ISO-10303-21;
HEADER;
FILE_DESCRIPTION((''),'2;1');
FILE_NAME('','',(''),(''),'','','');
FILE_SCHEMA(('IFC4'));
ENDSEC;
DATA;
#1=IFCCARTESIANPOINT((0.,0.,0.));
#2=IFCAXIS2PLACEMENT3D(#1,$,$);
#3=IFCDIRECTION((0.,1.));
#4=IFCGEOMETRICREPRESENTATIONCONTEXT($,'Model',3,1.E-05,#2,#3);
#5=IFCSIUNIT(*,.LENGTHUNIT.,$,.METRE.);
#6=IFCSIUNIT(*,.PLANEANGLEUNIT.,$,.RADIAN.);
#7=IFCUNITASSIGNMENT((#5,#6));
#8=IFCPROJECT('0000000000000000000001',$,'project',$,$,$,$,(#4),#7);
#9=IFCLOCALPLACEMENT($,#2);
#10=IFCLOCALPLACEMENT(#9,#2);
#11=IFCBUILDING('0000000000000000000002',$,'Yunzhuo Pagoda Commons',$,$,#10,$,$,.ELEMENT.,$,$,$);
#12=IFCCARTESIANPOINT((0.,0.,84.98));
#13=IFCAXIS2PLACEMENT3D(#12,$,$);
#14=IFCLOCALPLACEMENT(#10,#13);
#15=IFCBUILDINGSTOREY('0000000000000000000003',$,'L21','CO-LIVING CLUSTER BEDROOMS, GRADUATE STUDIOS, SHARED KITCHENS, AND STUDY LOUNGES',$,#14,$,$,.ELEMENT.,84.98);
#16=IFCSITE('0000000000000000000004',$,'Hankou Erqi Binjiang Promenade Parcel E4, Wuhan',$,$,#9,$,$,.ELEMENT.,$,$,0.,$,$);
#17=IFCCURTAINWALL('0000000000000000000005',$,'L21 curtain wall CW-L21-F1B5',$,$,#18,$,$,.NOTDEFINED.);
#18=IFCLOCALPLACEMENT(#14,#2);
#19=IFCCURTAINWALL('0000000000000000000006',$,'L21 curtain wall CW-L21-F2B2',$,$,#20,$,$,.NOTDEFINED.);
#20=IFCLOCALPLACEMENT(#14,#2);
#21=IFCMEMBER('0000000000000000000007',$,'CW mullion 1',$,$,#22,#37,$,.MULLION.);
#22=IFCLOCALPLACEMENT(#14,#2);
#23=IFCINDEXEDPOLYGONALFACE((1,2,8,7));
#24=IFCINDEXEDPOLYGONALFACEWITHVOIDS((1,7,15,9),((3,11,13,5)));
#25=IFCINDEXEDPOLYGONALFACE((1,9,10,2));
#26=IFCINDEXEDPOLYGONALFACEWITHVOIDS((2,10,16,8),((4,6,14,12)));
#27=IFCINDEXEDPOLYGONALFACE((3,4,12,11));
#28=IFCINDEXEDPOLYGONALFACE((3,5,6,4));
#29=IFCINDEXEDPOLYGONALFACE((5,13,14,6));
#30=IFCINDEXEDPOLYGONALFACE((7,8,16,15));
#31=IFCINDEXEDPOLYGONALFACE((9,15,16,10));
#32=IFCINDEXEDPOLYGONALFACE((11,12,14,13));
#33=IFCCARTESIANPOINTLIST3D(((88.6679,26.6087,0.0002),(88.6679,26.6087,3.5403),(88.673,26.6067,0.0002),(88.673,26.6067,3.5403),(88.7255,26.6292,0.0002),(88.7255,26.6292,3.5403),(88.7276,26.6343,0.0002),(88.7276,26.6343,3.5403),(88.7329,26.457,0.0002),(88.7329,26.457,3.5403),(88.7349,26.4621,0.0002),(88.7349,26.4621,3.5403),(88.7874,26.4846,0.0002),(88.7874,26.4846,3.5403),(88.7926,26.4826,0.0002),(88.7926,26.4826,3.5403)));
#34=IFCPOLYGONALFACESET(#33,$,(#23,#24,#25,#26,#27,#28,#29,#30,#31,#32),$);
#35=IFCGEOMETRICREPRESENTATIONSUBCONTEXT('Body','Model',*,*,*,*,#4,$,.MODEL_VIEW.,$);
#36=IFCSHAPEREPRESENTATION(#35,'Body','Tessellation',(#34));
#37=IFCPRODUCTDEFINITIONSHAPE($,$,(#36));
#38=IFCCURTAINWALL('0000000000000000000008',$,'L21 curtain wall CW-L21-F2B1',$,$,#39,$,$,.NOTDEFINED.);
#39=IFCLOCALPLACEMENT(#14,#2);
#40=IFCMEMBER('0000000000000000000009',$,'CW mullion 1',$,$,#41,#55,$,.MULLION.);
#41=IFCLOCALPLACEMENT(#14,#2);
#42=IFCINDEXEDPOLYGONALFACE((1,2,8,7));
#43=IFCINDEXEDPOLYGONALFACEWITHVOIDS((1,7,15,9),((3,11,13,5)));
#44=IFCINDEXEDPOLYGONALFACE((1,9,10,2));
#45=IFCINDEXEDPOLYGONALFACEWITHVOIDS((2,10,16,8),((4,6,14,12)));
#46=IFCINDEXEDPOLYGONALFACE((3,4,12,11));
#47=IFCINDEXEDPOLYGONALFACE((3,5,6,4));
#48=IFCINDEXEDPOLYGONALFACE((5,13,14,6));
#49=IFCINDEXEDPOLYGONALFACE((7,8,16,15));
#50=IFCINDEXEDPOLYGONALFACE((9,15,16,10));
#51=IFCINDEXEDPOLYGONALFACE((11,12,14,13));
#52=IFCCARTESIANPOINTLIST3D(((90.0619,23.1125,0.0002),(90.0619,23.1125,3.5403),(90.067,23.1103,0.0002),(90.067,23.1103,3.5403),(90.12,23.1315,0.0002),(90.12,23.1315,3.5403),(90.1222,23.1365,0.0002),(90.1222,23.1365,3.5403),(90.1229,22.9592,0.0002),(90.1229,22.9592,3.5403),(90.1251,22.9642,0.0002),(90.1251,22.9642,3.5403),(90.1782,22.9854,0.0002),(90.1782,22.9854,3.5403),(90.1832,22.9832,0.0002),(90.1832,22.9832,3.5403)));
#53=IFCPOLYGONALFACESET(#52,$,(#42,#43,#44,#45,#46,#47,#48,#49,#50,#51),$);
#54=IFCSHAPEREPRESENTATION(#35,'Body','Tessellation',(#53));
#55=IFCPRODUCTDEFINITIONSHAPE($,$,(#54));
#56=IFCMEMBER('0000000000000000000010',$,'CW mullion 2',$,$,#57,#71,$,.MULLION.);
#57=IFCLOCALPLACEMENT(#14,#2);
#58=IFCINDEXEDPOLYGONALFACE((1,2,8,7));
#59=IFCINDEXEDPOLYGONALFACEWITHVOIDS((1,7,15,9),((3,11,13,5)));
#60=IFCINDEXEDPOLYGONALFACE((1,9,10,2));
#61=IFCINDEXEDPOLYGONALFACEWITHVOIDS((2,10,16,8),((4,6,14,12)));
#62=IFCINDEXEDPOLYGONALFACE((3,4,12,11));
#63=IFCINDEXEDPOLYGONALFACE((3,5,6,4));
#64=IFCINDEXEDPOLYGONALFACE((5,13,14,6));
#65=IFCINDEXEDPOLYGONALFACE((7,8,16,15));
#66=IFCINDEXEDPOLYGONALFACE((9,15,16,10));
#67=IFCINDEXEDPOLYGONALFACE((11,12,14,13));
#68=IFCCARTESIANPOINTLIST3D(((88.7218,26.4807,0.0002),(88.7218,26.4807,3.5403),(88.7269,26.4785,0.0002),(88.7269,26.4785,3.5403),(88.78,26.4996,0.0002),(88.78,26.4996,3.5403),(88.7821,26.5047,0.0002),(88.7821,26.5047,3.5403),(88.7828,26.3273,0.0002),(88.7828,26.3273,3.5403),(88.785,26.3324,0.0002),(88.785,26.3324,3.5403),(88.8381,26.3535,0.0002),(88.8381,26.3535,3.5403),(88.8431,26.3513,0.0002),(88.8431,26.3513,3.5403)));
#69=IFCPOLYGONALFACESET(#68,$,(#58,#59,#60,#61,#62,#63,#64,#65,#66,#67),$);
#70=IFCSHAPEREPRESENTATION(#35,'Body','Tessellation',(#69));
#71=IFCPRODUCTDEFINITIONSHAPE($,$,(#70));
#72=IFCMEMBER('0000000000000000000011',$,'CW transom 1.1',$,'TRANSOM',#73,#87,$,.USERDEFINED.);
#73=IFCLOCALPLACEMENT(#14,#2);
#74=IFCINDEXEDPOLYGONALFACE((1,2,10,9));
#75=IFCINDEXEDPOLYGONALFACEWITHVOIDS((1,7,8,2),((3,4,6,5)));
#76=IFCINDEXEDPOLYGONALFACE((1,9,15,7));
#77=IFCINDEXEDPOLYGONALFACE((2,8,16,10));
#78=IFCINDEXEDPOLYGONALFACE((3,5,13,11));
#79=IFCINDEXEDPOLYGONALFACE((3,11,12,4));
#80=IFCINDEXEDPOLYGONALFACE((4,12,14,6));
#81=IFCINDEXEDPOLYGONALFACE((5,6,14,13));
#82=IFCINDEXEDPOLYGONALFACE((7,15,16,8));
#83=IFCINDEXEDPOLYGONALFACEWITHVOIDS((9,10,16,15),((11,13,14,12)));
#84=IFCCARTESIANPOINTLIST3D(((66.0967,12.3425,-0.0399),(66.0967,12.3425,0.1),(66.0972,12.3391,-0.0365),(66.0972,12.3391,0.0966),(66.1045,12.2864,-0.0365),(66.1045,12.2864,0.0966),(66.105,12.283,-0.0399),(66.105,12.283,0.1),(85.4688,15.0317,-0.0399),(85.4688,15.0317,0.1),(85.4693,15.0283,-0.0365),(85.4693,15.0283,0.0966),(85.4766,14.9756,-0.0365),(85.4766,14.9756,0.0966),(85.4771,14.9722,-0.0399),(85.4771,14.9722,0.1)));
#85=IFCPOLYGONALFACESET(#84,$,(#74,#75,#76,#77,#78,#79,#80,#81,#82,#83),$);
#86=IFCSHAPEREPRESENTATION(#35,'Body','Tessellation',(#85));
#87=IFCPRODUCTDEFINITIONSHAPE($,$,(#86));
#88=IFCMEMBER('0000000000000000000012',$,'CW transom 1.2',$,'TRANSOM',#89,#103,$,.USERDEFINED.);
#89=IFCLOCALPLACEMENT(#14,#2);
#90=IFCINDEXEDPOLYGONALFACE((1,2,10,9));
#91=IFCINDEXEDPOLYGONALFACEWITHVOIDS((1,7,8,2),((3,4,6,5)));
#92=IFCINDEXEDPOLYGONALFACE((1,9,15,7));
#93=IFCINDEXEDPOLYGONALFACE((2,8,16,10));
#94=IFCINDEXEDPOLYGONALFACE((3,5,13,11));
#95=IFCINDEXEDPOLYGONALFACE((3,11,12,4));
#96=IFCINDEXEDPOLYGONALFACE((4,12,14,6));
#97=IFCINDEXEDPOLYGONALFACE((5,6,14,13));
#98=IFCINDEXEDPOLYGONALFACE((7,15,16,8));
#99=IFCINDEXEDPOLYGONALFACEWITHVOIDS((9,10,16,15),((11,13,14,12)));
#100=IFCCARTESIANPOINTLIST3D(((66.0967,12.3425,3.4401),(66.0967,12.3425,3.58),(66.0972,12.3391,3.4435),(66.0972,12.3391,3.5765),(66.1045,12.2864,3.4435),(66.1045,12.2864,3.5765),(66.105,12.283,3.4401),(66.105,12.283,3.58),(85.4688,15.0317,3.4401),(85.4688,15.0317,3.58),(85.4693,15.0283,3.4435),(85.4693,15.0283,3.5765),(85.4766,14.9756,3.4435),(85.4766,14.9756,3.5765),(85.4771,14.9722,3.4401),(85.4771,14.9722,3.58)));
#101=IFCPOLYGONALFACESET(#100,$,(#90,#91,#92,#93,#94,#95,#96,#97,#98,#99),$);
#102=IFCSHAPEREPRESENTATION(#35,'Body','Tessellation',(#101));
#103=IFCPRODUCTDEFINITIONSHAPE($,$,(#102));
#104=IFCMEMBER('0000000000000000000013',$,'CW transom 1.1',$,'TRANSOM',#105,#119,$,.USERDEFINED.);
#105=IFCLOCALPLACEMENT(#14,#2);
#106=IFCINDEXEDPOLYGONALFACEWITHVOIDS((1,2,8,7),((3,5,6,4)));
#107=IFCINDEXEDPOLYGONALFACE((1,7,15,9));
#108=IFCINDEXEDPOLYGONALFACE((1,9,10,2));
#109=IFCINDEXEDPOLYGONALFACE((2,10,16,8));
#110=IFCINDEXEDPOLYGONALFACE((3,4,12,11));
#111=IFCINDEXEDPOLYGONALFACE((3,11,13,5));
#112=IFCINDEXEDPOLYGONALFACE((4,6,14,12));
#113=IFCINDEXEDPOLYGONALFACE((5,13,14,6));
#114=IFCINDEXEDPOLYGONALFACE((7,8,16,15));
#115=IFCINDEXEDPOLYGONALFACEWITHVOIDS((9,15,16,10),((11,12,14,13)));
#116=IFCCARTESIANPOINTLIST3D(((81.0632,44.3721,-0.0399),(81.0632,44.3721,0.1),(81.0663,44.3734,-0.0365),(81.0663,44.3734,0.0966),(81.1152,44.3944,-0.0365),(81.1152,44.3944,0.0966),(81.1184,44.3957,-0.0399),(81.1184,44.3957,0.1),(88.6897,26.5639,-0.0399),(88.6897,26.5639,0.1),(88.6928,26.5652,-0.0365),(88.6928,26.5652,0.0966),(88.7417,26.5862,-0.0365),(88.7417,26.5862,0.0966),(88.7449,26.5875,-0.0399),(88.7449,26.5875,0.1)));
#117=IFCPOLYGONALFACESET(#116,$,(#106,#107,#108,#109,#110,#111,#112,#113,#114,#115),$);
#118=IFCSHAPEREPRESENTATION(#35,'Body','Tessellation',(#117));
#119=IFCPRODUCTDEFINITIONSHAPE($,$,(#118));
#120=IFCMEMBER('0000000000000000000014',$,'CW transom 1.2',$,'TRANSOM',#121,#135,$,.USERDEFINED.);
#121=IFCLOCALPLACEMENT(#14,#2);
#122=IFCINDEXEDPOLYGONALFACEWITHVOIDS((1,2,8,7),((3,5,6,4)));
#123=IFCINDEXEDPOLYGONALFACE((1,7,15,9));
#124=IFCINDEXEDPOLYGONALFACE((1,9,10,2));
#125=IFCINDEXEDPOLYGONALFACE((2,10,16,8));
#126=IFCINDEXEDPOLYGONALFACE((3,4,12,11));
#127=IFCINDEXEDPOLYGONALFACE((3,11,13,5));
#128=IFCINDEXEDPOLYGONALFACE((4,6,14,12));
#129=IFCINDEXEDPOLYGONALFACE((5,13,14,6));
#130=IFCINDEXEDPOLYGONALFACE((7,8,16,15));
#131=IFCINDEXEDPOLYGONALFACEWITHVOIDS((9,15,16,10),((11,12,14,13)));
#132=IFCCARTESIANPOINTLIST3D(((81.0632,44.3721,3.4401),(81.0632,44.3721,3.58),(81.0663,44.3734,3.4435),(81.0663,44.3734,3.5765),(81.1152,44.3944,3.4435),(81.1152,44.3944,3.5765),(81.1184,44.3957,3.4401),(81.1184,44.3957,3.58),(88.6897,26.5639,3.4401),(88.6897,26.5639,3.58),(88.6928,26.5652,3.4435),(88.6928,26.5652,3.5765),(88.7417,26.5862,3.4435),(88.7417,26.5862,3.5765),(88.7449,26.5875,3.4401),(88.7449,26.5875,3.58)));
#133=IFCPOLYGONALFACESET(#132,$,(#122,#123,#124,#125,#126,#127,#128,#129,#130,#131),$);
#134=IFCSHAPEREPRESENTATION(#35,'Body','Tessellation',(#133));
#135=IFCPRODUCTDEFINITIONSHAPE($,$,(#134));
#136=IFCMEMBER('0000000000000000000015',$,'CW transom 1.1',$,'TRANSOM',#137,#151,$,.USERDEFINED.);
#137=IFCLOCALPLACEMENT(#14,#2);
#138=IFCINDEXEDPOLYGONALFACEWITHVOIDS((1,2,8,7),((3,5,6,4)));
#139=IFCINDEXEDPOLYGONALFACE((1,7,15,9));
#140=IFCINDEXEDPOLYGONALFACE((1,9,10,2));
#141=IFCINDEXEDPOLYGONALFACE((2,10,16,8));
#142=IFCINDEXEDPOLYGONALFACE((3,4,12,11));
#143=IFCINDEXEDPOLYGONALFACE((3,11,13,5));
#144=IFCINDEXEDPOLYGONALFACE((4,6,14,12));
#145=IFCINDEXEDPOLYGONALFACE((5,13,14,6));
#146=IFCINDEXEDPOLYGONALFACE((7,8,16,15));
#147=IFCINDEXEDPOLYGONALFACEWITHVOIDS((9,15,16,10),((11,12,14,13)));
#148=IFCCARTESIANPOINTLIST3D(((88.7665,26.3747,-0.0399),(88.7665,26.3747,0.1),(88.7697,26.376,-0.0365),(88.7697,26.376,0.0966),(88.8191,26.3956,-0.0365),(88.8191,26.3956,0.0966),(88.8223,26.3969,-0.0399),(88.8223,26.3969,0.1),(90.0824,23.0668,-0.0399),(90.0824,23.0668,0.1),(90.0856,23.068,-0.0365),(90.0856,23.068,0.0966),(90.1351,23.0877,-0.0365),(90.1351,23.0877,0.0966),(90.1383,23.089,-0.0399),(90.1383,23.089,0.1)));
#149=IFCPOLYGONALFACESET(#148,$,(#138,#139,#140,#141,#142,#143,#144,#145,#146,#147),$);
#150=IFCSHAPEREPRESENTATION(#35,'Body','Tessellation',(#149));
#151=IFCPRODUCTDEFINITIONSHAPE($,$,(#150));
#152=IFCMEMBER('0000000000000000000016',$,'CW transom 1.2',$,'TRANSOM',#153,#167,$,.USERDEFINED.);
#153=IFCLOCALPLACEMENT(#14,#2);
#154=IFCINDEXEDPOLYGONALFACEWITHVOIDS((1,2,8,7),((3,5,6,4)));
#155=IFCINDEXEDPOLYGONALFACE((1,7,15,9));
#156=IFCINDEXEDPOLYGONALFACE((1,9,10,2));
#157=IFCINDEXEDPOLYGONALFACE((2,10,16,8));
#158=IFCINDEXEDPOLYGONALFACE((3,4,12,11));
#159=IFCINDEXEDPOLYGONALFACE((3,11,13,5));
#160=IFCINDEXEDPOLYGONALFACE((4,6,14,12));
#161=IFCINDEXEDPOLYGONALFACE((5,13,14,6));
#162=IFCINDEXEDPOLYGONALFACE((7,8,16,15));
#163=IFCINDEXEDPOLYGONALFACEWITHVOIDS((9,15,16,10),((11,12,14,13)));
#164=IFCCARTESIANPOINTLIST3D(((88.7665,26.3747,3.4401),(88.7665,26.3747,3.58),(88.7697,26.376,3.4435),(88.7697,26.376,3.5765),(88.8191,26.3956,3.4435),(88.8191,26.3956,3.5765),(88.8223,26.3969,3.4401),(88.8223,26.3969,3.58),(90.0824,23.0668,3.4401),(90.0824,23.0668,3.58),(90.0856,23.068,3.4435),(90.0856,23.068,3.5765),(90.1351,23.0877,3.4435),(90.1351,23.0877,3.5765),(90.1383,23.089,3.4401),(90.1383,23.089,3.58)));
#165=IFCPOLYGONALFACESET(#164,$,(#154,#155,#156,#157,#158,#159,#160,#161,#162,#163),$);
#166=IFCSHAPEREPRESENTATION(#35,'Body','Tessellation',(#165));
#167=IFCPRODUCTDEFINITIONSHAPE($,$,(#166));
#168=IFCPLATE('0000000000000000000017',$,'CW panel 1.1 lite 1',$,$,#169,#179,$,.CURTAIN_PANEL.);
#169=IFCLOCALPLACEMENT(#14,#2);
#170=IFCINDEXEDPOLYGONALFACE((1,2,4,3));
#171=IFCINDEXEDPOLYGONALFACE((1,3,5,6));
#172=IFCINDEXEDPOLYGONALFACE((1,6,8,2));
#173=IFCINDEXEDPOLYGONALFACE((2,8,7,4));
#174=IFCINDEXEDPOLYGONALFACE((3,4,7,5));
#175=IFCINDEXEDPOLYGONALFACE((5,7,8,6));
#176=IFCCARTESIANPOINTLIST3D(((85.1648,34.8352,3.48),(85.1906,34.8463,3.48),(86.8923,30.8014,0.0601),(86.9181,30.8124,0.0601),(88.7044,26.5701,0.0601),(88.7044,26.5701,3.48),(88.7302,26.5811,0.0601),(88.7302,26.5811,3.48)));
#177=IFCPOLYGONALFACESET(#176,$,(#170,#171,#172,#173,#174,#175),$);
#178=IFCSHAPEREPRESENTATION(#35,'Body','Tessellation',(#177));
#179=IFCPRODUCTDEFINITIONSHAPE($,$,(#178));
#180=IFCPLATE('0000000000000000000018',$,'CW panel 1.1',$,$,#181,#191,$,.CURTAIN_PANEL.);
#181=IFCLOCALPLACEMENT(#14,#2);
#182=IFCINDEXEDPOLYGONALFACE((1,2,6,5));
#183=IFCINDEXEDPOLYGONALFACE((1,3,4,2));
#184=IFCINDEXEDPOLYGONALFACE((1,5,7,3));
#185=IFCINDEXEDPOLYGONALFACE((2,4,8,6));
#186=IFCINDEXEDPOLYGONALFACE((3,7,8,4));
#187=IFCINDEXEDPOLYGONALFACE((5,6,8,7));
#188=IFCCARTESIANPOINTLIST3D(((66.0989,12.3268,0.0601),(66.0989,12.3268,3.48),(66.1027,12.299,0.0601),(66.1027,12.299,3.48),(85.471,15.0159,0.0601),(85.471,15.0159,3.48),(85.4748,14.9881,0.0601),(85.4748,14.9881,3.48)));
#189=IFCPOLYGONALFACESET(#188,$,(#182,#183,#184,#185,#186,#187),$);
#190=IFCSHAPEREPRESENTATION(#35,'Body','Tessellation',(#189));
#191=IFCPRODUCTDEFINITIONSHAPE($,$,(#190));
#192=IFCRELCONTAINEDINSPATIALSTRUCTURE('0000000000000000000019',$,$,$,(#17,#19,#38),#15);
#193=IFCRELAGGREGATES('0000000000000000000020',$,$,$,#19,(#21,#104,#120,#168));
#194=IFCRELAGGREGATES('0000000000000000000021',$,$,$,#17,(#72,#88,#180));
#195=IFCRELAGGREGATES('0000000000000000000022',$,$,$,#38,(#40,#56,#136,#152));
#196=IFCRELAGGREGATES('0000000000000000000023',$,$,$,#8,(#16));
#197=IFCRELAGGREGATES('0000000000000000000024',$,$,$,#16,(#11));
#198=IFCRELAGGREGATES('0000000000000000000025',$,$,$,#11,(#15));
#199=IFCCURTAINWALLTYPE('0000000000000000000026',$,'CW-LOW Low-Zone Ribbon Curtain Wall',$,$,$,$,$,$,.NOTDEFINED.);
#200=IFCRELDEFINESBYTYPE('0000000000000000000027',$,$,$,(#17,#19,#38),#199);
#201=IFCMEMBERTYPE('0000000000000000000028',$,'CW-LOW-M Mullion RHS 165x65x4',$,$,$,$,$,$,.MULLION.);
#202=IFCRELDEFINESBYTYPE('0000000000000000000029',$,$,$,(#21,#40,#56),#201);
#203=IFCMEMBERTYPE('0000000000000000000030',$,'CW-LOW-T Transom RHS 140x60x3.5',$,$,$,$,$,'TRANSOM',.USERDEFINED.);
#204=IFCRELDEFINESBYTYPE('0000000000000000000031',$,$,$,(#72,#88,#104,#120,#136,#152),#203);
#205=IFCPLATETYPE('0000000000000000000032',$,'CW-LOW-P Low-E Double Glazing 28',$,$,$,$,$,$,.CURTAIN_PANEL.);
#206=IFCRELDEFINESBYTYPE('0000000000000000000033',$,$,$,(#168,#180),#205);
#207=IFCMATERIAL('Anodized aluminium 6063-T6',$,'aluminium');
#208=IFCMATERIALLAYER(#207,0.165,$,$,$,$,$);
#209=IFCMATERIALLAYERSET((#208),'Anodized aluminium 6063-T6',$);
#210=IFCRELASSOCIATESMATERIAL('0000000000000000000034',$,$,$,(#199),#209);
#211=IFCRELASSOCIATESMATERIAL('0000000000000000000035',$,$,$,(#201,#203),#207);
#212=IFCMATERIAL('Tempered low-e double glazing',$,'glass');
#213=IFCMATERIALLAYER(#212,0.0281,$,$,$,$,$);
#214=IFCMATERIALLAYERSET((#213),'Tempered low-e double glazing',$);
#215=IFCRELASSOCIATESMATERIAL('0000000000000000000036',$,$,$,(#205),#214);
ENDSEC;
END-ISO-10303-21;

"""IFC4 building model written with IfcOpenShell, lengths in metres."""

from ifc_helpers import new_model, si_unit, direction, frame, origin, origin_2d, place, context, subcontext, project, spatial, polyline, rectangle, hollow_rectangle, outline, extrude, source, transform, mapped, material, layer, layer_set, material_profile, profile_set, type_object, element, aggregate, save


model = new_model("IFC4")

# Units and contexts
model_context = context("Model", 3, precision=1e-05, world=origin(), true_north=direction((0.0, 1.0)))
body_context = subcontext(model_context, "Body", "Model", "MODEL_VIEW")
ifc_project = project(units=[si_unit("LENGTHUNIT", "METRE"), si_unit("PLANEANGLEUNIT", "RADIAN")], contexts=[model_context])

# Site, building, storey
site_placement = place(None, origin())
site = spatial("IfcSite", under=ifc_project, at=site_placement, Name="Hankou Erqi Binjiang Promenade Parcel E4, Wuhan", CompositionType="ELEMENT", RefElevation=0.0)
building_placement = place(site_placement, origin())
building = spatial("IfcBuilding", under=site, at=building_placement, Name="Yunzhuo Pagoda Commons", CompositionType="ELEMENT")
storey_placement = place(building_placement, frame((0.0, 0.0, 84.98)))
storey = spatial("IfcBuildingStorey", under=building, at=storey_placement, Name="L21", Description="CO-LIVING CLUSTER BEDROOMS, GRADUATE STUDIOS, SHARED KITCHENS, AND STUDY LOUNGES", CompositionType="ELEMENT", Elevation=84.98)

# Curtain walls, member
ifc_material_1 = material(Name="Anodized aluminium 6063-T6", Category="aluminium")
ifc_layer_1 = layer(ifc_material_1, 0.165)
ifc_layer_set_1 = layer_set([ifc_layer_1], Name="Anodized aluminium 6063-T6")
curtain_wall_type = type_object("IfcCurtainWallType", Name="CW-LOW Low-Zone Ribbon Curtain Wall", PredefinedType="NOTDEFINED", material=ifc_layer_set_1)
curtain_wall_1_placement = place(storey_placement, origin())
curtain_wall_1 = element("IfcCurtainWall", 1, at=curtain_wall_1_placement, inside=storey, type_object=curtain_wall_type, Name="L21 curtain wall CW-L21-F1B5", PredefinedType="NOTDEFINED")
ifc_material_profile_1 = material_profile(ifc_material_1, hollow_rectangle(XDim=0.0649, YDim=0.165, WallThickness=0.0039, at=origin_2d()), Name="Anodized aluminium 6063-T6")
ifc_profile_set_1 = profile_set([ifc_material_profile_1], Name="Anodized aluminium 6063-T6")
member_type_1 = type_object("IfcMemberType", Name="CW-LOW-M Mullion RHS 165x65x4", PredefinedType="MULLION", material=ifc_profile_set_1)
shared_shape_1 = source(origin(), body_context, "Body", "SweptSolid", [
    extrude(hollow_rectangle(XDim=0.0649, YDim=0.165, WallThickness=0.0039, at=origin_2d()), origin(), (0.0, 0.0, 1.0), 3.54),
])
curtain_wall_2_placement = place(storey_placement, origin())
curtain_wall_2 = element("IfcCurtainWall", 2, at=curtain_wall_2_placement, inside=storey, type_object=curtain_wall_type, Name="L21 curtain wall CW-L21-F2B2", PredefinedType="NOTDEFINED")
member_1_placement = place(storey_placement, frame((88.7302, 26.5457, 0.0002), z_axis=(0.0, 0.0, 1.0), x_axis=(-0.91925, -0.393674, 0.0)))
member_1 = element("IfcMember", 3, at=member_1_placement, type_object=member_type_1, Name="CW mullion 1", PredefinedType="MULLION", context=body_context, shape_type="MappedRepresentation", body=[
    mapped(shared_shape_1, transform((0.0, 0.0, 0.0), scale=1.0)),
])

# Curtain wall, members
curtain_wall_3_placement = place(storey_placement, origin())
curtain_wall_3 = element("IfcCurtainWall", 4, at=curtain_wall_3_placement, inside=storey, type_object=curtain_wall_type, Name="L21 curtain wall CW-L21-F2B1", PredefinedType="NOTDEFINED")
member_2_placement = place(storey_placement, frame((90.1226, 23.0479, 0.0002), z_axis=(0.0, 0.0, 1.0), x_axis=(-0.92917, -0.369652, 0.0)))
member_2 = element("IfcMember", 5, at=member_2_placement, type_object=member_type_1, Name="CW mullion 1", PredefinedType="MULLION", context=body_context, shape_type="MappedRepresentation", body=[
    mapped(shared_shape_1, transform((0.0, 0.0, 0.0), scale=1.0)),
])
member_3_placement = place(storey_placement, frame((88.7825, 26.416, 0.0002), z_axis=(0.0, 0.0, 1.0), x_axis=(-0.92917, -0.369652, 0.0)))
member_3 = element("IfcMember", 6, at=member_3_placement, type_object=member_type_1, Name="CW mullion 2", PredefinedType="MULLION", context=body_context, shape_type="MappedRepresentation", body=[
    mapped(shared_shape_1, transform((0.0, 0.0, 0.0), scale=1.0)),
])

# Members
ifc_material_profile_2 = material_profile(ifc_material_1, hollow_rectangle(XDim=0.0601, YDim=0.1399, WallThickness=0.0034, at=origin_2d()), Name="Anodized aluminium 6063-T6")
ifc_profile_set_2 = profile_set([ifc_material_profile_2], Name="Anodized aluminium 6063-T6")
member_type_2 = type_object("IfcMemberType", Name="CW-LOW-T Transom RHS 140x60x3.5", ElementType="TRANSOM", PredefinedType="USERDEFINED", material=ifc_profile_set_2)
shared_shape_2 = source(origin(), body_context, "Body", "SweptSolid", [
    extrude(hollow_rectangle(XDim=0.0601, YDim=0.1399, WallThickness=0.0034, at=origin_2d()), origin(), (0.0, 0.0, 1.0), 19.5579),
])
member_4_placement = place(storey_placement, frame((66.1008, 12.3127, 0.03), z_axis=(0.990502, 0.1375, 0.0), x_axis=(-0.1375, 0.990502, 0.0)))
member_4 = element("IfcMember", 7, at=member_4_placement, type_object=member_type_2, Name="CW transom 1.1", ObjectType="TRANSOM", PredefinedType="USERDEFINED", context=body_context, shape_type="MappedRepresentation", body=[
    mapped(shared_shape_2, transform((0.0, 0.0, 0.0), scale=1.0)),
])
member_5_placement = place(storey_placement, frame((66.1008, 12.3127, 3.51), z_axis=(0.990502, 0.1375, 0.0), x_axis=(-0.1375, 0.990502, 0.0)))
member_5 = element("IfcMember", 8, at=member_5_placement, type_object=member_type_2, Name="CW transom 1.2", ObjectType="TRANSOM", PredefinedType="USERDEFINED", context=body_context, shape_type="MappedRepresentation", body=[
    mapped(shared_shape_2, transform((0.0, 0.0, 0.0), scale=1.0)),
])
shared_shape_3 = source(origin(), body_context, "Body", "SweptSolid", [
    extrude(hollow_rectangle(XDim=0.0601, YDim=0.1399, WallThickness=0.0034, at=origin_2d()), origin(), (0.0, 0.0, 1.0), 19.3726),
])
member_6_placement = place(storey_placement, frame((88.7173, 26.5757, 0.03), z_axis=(-0.393676, 0.919249, 0.0), x_axis=(-0.919249, -0.393676, 0.0)))
member_6 = element("IfcMember", 9, at=member_6_placement, type_object=member_type_2, Name="CW transom 1.1", ObjectType="TRANSOM", PredefinedType="USERDEFINED", context=body_context, shape_type="MappedRepresentation", body=[
    mapped(shared_shape_3, transform((0.0, 0.0, 0.0), scale=1.0)),
])
member_7_placement = place(storey_placement, frame((88.7173, 26.5757, 3.51), z_axis=(-0.393676, 0.919249, 0.0), x_axis=(-0.919249, -0.393676, 0.0)))
member_7 = element("IfcMember", 10, at=member_7_placement, type_object=member_type_2, Name="CW transom 1.2", ObjectType="TRANSOM", PredefinedType="USERDEFINED", context=body_context, shape_type="MappedRepresentation", body=[
    mapped(shared_shape_3, transform((0.0, 0.0, 0.0), scale=1.0)),
])
shared_shape_4 = source(origin(), body_context, "Body", "SweptSolid", [
    extrude(hollow_rectangle(XDim=0.0601, YDim=0.1399, WallThickness=0.0034, at=origin_2d()), origin(), (0.0, 0.0, 1.0), 3.5601),
])
member_8_placement = place(storey_placement, frame((90.1104, 23.0779, 0.03), z_axis=(-0.36964, 0.929175, 0.0), x_axis=(-0.929175, -0.36964, 0.0)))
member_8 = element("IfcMember", 11, at=member_8_placement, type_object=member_type_2, Name="CW transom 1.1", ObjectType="TRANSOM", PredefinedType="USERDEFINED", context=body_context, shape_type="MappedRepresentation", body=[
    mapped(shared_shape_4, transform((0.0, 0.0, 0.0), scale=1.0)),
])
member_9_placement = place(storey_placement, frame((90.1104, 23.0779, 3.51), z_axis=(-0.36964, 0.929175, 0.0), x_axis=(-0.929175, -0.36964, 0.0)))
member_9 = element("IfcMember", 12, at=member_9_placement, type_object=member_type_2, Name="CW transom 1.2", ObjectType="TRANSOM", PredefinedType="USERDEFINED", context=body_context, shape_type="MappedRepresentation", body=[
    mapped(shared_shape_4, transform((0.0, 0.0, 0.0), scale=1.0)),
])

# Plates
ifc_material_2 = material(Name="Tempered low-e double glazing", Category="glass")
ifc_layer_2 = layer(ifc_material_2, 0.0281)
ifc_layer_set_2 = layer_set([ifc_layer_2], Name="Tempered low-e double glazing")
plate_type = type_object("IfcPlateType", Name="CW-LOW-P Low-E Double Glazing 28", PredefinedType="CURTAIN_PANEL", material=ifc_layer_set_2)
plate_1_placement = place(storey_placement, frame((86.9346, 30.7026, 1.77), z_axis=(0.91925, 0.393674, 0.0), x_axis=(-0.393674, 0.91925, 0.0)))
plate_1 = element("IfcPlate", 13, at=plate_1_placement, type_object=plate_type, Name="CW panel 1.1 lite 1", PredefinedType="CURTAIN_PANEL", context=body_context, shape_type="SweptSolid", body=[
    extrude(outline(polyline([(-4.4956, -1.71), (0.1074, -1.71), (4.4956, 1.71), (-4.4956, 1.71), (-4.4956, -1.71)])), origin(), (0.0, 0.0, 1.0), 0.0281),
])
aggregate(curtain_wall_2, [member_1, member_6, member_7, plate_1])
shared_shape_5 = source(origin(), body_context, "Body", "SweptSolid", [
    extrude(rectangle(XDim=19.5579, YDim=0.0281, at=origin_2d()), origin(), (0.0, 0.0, 1.0), 3.4199),
])
plate_2_placement = place(storey_placement, frame((75.7869, 13.6575, 0.0601), z_axis=(0.0, 0.0, 1.0), x_axis=(0.990502, 0.137496, 0.0)))
plate_2 = element("IfcPlate", 14, at=plate_2_placement, type_object=plate_type, Name="CW panel 1.1", PredefinedType="CURTAIN_PANEL", context=body_context, shape_type="MappedRepresentation", body=[
    mapped(shared_shape_5, transform((0.0, 0.0, 0.0), scale=1.0)),
])
aggregate(curtain_wall_1, [member_4, member_5, plate_2])
aggregate(curtain_wall_3, [member_2, member_3, member_8, member_9])

save(model, "model.ifc")
